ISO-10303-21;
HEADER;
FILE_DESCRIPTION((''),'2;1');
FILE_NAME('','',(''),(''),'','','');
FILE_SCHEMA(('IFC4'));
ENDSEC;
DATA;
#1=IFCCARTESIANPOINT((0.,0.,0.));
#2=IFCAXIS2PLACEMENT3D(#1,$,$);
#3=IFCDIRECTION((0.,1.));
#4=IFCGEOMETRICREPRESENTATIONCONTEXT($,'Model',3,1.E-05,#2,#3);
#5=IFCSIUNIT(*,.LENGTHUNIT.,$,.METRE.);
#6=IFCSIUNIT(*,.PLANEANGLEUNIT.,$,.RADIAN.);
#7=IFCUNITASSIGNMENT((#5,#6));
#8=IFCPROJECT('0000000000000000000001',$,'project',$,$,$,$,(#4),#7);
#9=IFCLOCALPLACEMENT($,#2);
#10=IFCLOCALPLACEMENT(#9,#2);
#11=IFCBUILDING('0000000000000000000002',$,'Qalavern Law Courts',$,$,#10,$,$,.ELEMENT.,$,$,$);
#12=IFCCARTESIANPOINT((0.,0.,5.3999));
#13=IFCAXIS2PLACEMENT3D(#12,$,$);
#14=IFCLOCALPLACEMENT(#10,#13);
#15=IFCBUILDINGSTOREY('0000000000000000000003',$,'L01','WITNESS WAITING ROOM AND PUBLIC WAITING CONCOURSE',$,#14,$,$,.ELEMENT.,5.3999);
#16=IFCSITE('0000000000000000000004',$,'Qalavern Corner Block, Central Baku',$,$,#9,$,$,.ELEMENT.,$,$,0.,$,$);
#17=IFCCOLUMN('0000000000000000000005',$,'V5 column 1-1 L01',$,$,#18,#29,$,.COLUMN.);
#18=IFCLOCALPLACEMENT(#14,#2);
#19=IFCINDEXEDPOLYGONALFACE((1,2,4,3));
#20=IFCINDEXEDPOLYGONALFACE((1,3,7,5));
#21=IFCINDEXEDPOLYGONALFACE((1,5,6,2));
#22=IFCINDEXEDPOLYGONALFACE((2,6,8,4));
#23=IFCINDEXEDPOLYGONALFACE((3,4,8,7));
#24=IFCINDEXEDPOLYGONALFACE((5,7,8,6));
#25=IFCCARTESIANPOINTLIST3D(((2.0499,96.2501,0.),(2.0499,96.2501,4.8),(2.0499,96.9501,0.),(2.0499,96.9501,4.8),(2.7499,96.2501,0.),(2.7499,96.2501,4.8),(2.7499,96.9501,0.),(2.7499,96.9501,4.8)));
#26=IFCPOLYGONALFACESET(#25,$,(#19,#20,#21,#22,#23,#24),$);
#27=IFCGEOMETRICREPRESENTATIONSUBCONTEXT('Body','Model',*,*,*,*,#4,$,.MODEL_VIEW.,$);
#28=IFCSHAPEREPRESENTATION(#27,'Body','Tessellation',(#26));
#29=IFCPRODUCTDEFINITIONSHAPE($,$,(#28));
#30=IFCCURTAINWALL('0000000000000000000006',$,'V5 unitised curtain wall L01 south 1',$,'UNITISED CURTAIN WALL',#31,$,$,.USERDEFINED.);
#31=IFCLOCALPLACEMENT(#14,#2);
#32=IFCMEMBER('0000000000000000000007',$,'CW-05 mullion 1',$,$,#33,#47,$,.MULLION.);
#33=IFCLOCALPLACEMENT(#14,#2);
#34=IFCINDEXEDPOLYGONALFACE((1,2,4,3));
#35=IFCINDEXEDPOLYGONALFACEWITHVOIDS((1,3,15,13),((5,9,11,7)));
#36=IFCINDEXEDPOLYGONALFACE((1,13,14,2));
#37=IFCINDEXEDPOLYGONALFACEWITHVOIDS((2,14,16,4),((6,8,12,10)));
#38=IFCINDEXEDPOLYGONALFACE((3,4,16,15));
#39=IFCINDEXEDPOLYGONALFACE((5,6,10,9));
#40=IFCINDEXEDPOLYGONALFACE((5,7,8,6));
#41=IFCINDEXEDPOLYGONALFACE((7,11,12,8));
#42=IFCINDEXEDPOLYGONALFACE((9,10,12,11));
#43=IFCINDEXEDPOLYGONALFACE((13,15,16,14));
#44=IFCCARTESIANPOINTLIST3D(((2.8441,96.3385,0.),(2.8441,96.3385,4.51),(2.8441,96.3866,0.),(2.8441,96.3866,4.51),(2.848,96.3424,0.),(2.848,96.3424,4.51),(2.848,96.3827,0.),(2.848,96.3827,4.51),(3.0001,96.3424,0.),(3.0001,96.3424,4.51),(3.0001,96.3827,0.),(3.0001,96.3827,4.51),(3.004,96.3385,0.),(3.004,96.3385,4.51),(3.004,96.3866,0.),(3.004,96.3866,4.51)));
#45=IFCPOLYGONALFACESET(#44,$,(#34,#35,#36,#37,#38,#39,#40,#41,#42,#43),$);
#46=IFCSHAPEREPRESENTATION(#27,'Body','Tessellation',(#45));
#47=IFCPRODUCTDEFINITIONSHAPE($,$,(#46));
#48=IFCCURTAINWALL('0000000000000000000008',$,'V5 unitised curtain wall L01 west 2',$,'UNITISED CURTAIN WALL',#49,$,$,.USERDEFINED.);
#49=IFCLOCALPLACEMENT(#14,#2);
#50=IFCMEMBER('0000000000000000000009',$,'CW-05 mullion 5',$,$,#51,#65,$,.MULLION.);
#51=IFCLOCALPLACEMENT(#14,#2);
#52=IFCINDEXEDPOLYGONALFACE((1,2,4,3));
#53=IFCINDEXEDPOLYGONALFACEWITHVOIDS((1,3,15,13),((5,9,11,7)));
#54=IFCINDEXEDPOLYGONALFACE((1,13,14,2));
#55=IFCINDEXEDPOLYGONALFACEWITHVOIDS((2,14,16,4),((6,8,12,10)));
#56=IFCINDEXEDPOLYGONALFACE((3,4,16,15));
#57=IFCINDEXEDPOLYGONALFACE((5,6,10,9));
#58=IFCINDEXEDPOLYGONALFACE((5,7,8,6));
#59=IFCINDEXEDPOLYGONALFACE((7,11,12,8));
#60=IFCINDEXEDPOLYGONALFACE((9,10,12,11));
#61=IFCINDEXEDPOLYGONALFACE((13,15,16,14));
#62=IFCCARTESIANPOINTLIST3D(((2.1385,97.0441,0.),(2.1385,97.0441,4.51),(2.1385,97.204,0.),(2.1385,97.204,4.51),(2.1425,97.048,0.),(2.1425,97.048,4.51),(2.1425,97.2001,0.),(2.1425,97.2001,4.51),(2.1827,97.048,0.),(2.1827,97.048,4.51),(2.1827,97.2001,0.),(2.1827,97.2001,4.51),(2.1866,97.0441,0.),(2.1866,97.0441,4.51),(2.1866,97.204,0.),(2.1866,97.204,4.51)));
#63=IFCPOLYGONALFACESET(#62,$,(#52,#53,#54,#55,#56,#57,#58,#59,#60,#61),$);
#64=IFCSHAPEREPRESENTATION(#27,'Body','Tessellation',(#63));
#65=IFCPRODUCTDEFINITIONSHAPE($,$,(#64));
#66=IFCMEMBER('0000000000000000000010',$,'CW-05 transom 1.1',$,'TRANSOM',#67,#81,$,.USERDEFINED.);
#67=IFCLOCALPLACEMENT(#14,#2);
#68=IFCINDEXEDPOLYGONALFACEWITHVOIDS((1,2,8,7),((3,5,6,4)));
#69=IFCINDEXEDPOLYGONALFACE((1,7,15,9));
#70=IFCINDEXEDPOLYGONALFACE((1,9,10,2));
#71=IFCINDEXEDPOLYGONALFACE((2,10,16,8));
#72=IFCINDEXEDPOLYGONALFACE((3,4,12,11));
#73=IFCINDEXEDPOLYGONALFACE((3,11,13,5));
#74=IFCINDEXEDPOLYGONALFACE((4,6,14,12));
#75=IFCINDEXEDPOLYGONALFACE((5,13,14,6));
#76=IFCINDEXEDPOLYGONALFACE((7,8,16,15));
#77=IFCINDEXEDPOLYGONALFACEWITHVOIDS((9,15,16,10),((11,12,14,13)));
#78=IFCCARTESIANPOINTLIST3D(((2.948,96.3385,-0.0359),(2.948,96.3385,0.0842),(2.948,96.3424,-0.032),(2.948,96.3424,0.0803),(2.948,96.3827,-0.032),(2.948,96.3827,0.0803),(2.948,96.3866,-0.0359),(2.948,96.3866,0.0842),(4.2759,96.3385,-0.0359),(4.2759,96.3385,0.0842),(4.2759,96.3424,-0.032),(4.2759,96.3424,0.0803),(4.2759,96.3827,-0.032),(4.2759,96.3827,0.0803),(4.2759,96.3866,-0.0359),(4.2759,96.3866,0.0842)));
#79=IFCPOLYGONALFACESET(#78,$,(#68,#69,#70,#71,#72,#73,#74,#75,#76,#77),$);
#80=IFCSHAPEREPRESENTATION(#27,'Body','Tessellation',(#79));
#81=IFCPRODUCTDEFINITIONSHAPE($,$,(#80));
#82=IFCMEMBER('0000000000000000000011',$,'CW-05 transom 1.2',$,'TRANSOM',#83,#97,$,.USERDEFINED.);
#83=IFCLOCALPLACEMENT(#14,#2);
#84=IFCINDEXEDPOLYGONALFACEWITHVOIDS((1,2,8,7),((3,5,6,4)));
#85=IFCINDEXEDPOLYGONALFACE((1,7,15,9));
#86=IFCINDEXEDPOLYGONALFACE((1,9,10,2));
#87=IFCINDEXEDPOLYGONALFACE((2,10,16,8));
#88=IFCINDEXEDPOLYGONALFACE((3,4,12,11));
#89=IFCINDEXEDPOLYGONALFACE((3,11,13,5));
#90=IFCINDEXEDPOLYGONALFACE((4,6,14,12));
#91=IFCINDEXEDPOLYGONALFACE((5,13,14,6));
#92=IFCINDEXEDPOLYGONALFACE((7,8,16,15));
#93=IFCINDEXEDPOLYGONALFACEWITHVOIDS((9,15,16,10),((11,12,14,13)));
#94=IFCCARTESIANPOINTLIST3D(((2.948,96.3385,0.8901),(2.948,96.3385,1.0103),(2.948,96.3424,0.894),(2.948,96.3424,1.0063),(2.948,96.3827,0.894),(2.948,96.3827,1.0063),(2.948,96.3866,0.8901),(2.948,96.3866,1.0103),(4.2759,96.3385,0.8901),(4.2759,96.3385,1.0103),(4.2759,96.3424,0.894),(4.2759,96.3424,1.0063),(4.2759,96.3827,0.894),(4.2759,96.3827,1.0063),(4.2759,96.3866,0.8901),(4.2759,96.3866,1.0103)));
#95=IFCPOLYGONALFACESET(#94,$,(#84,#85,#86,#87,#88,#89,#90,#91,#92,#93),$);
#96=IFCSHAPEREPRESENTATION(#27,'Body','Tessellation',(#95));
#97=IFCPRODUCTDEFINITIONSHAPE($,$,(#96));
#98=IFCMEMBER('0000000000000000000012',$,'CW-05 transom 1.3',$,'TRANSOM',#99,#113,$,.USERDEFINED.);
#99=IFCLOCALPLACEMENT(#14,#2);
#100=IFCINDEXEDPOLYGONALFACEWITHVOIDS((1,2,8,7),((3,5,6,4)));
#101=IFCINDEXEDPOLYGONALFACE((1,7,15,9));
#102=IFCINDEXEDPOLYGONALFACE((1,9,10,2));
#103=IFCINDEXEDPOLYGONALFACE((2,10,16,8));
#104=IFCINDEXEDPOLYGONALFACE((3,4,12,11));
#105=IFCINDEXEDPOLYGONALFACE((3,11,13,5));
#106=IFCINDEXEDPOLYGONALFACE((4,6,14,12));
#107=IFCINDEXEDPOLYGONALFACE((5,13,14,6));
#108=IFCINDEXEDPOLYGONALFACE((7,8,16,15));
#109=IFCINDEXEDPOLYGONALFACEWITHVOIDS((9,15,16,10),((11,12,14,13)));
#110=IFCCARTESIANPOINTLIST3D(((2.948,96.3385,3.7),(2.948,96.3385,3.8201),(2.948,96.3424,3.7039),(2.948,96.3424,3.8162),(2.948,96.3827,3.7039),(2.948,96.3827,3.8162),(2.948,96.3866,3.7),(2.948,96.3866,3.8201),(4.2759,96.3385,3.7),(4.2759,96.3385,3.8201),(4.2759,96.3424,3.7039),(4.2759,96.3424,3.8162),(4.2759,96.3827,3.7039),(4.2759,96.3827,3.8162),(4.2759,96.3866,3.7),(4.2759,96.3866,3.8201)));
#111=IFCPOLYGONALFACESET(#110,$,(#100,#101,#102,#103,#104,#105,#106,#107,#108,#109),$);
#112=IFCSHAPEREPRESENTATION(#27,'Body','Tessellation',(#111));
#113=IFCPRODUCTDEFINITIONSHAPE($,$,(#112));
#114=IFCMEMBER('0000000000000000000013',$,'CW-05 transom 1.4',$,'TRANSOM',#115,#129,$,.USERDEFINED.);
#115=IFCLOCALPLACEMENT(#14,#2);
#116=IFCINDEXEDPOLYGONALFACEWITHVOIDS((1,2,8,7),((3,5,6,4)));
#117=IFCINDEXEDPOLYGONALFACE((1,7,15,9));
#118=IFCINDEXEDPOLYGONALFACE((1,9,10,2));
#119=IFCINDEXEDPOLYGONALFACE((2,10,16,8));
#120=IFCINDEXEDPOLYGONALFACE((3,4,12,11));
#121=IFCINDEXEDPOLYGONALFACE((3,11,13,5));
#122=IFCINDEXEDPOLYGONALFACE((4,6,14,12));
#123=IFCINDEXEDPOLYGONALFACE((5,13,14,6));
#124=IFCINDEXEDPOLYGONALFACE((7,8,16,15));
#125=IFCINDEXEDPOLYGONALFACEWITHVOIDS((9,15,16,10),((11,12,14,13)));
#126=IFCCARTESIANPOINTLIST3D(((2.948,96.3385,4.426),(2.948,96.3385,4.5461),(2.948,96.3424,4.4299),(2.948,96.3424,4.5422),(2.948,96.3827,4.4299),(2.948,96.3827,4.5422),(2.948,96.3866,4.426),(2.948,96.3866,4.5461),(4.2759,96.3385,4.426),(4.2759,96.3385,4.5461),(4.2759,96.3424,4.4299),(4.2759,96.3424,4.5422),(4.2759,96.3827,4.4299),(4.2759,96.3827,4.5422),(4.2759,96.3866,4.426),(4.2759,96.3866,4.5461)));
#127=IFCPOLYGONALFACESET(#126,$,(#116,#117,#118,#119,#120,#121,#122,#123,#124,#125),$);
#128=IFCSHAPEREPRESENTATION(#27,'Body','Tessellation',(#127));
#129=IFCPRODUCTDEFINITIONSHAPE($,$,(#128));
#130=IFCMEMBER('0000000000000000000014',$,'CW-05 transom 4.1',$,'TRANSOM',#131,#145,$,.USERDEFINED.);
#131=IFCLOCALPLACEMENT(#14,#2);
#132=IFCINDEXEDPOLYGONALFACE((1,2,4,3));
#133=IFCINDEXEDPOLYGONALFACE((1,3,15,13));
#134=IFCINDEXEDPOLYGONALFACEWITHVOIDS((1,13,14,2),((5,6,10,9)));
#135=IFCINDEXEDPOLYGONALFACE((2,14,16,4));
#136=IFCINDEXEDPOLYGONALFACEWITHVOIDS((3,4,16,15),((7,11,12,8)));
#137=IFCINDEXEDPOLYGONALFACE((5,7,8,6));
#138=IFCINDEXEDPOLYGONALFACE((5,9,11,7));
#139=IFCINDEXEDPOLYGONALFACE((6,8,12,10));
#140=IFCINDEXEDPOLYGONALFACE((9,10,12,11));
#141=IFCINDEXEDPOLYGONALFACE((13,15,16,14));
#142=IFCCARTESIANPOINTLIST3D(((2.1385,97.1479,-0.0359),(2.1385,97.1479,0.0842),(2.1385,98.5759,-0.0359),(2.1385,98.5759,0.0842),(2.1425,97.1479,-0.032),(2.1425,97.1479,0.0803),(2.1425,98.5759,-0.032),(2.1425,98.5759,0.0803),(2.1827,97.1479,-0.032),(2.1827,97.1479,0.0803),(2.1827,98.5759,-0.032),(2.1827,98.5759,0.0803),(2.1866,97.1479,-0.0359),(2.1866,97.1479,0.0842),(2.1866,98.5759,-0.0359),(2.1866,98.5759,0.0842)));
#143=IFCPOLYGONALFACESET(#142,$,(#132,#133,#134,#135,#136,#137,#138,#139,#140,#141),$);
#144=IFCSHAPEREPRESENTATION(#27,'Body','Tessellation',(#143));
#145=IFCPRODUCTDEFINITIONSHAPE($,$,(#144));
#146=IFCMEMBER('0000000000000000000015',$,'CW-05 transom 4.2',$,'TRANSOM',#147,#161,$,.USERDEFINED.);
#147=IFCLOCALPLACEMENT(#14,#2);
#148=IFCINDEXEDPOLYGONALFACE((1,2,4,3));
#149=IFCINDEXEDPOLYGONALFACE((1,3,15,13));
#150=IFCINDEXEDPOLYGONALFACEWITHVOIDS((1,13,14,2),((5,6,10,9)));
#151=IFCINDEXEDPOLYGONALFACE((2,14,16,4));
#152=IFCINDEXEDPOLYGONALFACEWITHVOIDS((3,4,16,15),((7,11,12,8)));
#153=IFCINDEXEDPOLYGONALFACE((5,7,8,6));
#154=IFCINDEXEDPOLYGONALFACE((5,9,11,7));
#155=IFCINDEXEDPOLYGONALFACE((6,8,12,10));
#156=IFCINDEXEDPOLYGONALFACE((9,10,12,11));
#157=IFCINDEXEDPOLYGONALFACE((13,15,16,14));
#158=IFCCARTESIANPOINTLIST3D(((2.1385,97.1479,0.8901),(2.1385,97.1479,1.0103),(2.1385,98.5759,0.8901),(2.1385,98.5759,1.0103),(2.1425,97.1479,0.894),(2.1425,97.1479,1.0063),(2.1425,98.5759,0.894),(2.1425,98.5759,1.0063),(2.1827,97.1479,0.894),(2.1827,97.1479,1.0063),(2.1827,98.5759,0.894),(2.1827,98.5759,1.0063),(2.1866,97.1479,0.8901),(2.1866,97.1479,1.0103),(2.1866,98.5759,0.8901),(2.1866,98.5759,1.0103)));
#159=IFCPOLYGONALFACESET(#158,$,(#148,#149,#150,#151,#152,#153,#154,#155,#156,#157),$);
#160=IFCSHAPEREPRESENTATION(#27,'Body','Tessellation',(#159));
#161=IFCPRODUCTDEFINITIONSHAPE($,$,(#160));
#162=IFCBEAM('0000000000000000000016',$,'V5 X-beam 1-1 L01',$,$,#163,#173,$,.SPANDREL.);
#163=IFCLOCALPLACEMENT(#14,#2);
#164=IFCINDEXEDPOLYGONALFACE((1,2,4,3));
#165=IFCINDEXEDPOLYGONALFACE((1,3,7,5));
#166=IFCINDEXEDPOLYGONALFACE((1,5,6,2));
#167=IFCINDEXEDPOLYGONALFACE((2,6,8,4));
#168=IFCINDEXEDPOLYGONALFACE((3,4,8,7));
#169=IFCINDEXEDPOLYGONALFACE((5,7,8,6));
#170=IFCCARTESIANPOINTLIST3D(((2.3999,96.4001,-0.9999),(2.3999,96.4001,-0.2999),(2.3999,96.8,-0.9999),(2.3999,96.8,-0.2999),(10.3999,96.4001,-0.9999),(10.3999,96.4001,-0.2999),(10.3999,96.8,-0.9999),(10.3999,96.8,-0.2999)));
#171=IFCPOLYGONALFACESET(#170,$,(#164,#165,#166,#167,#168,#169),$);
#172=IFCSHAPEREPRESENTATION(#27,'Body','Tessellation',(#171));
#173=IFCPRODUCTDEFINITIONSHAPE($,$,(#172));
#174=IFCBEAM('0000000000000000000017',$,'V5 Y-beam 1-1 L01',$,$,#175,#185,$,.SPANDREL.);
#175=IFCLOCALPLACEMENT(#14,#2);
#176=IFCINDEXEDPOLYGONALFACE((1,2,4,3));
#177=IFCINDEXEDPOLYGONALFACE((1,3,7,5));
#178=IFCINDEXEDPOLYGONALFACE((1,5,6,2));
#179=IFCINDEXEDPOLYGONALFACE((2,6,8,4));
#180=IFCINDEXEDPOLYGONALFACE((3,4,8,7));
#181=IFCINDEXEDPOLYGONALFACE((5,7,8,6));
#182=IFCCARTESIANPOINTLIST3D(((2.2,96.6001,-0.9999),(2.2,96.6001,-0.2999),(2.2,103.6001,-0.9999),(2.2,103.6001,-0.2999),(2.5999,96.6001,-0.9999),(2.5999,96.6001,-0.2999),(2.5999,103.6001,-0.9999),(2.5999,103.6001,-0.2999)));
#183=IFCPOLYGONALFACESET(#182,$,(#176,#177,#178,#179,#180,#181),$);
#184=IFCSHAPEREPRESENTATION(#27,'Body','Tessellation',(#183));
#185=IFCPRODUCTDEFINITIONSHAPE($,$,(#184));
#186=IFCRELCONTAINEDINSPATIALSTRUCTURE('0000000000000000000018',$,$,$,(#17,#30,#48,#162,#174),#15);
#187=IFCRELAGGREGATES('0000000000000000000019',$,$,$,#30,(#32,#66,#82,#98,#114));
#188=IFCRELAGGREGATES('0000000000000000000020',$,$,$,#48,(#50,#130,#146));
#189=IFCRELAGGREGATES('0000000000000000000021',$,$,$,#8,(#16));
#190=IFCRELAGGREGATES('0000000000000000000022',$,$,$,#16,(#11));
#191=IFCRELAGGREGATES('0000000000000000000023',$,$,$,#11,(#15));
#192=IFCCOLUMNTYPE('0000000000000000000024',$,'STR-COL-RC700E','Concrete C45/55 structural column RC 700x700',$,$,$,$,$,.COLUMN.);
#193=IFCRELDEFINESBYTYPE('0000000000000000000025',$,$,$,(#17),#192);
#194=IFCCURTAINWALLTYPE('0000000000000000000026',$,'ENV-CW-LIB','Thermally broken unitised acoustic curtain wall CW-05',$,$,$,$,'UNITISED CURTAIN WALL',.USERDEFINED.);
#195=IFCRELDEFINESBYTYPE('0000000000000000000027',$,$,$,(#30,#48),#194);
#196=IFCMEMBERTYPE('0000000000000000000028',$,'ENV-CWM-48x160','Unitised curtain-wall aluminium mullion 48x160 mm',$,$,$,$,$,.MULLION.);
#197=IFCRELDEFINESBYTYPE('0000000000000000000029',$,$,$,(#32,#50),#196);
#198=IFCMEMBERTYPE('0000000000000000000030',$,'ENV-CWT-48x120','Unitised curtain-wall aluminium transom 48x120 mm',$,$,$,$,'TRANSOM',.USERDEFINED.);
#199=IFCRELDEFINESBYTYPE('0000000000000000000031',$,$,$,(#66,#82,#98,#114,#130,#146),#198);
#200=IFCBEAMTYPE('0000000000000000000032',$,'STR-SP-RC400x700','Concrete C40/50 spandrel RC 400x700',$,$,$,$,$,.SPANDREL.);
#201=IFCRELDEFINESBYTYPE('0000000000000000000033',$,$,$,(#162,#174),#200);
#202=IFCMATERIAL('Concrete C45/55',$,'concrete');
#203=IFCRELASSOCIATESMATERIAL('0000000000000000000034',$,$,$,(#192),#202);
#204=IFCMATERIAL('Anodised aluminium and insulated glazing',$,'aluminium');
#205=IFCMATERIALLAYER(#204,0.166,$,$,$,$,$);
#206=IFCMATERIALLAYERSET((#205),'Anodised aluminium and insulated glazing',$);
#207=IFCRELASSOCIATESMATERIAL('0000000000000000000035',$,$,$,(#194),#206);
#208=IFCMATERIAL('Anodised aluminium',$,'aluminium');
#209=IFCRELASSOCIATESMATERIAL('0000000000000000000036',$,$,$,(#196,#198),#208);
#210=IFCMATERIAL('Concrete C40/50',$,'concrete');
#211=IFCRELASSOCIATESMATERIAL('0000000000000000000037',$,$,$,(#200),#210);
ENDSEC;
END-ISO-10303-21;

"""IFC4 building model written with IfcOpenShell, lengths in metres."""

from ifc_helpers import new_model, si_unit, direction, frame, origin, origin_2d, place, context, subcontext, project, spatial, rectangle, hollow_rectangle, extrude, material, layer, layer_set, material_profile, profile_set, type_object, element, aggregate, save


model = new_model("IFC4")

# Units and contexts
model_context = context("Model", 3, precision=1e-05, world=origin(), true_north=direction((0.0, 1.0)))
body_context = subcontext(model_context, "Body", "Model", "MODEL_VIEW")
ifc_project = project(units=[si_unit("LENGTHUNIT", "METRE"), si_unit("PLANEANGLEUNIT", "RADIAN")], contexts=[model_context])

# Site, building, storey
site_placement = place(None, origin())
site = spatial("IfcSite", under=ifc_project, at=site_placement, Name="Qalavern Corner Block, Central Baku", CompositionType="ELEMENT", RefElevation=0.0)
building_placement = place(site_placement, origin())
building = spatial("IfcBuilding", under=site, at=building_placement, Name="Qalavern Law Courts", CompositionType="ELEMENT")
storey_placement = place(building_placement, frame((0.0, 0.0, 5.3999)))
storey = spatial("IfcBuildingStorey", under=building, at=storey_placement, Name="L01", Description="WITNESS WAITING ROOM AND PUBLIC WAITING CONCOURSE", CompositionType="ELEMENT", Elevation=5.3999)

# Column
ifc_material_1 = material(Name="Concrete C45/55", Category="concrete")
ifc_material_profile_1 = material_profile(ifc_material_1, rectangle(XDim=0.7, YDim=0.7, at=origin_2d()), Name="RC 700x700")
ifc_profile_set_1 = profile_set([ifc_material_profile_1], Name="Concrete C45/55")
column_type = type_object("IfcColumnType", Name="STR-COL-RC700E", Description="Concrete C45/55 structural column RC 700x700", PredefinedType="COLUMN", material=ifc_profile_set_1)
column_placement = place(storey_placement, frame((2.3999, 96.6001, 0.0), z_axis=(0.0, 0.0, 1.0), x_axis=(1.0, 0.0, 0.0)))
element("IfcColumn", 1, at=column_placement, inside=storey, type_object=column_type, Name="V5 column 1-1 L01", PredefinedType="COLUMN", context=body_context, shape_type="SweptSolid", body=[
    extrude(rectangle(XDim=0.7, YDim=0.7, at=origin_2d()), origin(), (0.0, 0.0, 1.0), 4.8),
])

# Curtain walls, members
ifc_material_2 = material(Name="Anodised aluminium and insulated glazing", Category="aluminium")
ifc_layer_1 = layer(ifc_material_2, 0.166)
ifc_layer_set_1 = layer_set([ifc_layer_1], Name="Anodised aluminium and insulated glazing")
curtain_wall_type = type_object("IfcCurtainWallType", Name="ENV-CW-LIB", Description="Thermally broken unitised acoustic curtain wall CW-05", ElementType="UNITISED CURTAIN WALL", PredefinedType="USERDEFINED", material=ifc_layer_set_1)
curtain_wall_1_placement = place(storey_placement, origin())
curtain_wall_1 = element("IfcCurtainWall", 2, at=curtain_wall_1_placement, inside=storey, type_object=curtain_wall_type, Name="V5 unitised curtain wall L01 south 1", ObjectType="UNITISED CURTAIN WALL", PredefinedType="USERDEFINED")
ifc_material_3 = material(Name="Anodised aluminium", Category="aluminium")
ifc_material_profile_2 = material_profile(ifc_material_3, hollow_rectangle(XDim=0.0481, YDim=0.1599, WallThickness=0.0039, at=origin_2d()), Name="ALU MULLION 48x160")
ifc_profile_set_2 = profile_set([ifc_material_profile_2], Name="Anodised aluminium")
member_type_1 = type_object("IfcMemberType", Name="ENV-CWM-48x160", Description="Unitised curtain-wall aluminium mullion 48x160 mm", PredefinedType="MULLION", material=ifc_profile_set_2)
member_1_placement = place(storey_placement, frame((2.9241, 96.3625, 0.0), z_axis=(0.0, 0.0, 1.0), x_axis=(0.0, 1.0, 0.0)))
member_1 = element("IfcMember", 3, at=member_1_placement, type_object=member_type_1, Name="CW-05 mullion 1", PredefinedType="MULLION", context=body_context, shape_type="SweptSolid", body=[
    extrude(hollow_rectangle(XDim=0.0481, YDim=0.1599, WallThickness=0.0039, at=origin_2d()), origin(), (0.0, 0.0, 1.0), 4.51),
])
curtain_wall_2_placement = place(storey_placement, origin())
curtain_wall_2 = element("IfcCurtainWall", 4, at=curtain_wall_2_placement, inside=storey, type_object=curtain_wall_type, Name="V5 unitised curtain wall L01 west 2", ObjectType="UNITISED CURTAIN WALL", PredefinedType="USERDEFINED")
member_2_placement = place(storey_placement, frame((2.1626, 97.124, 0.0), z_axis=(0.0, 0.0, 1.0), x_axis=(1.0, 0.0, 0.0)))
member_2 = element("IfcMember", 5, at=member_2_placement, type_object=member_type_1, Name="CW-05 mullion 5", PredefinedType="MULLION", context=body_context, shape_type="SweptSolid", body=[
    extrude(hollow_rectangle(XDim=0.0481, YDim=0.1599, WallThickness=0.0039, at=origin_2d()), origin(), (0.0, 0.0, 1.0), 4.51),
])

# Members
ifc_material_profile_3 = material_profile(ifc_material_3, hollow_rectangle(XDim=0.0481, YDim=0.1201, WallThickness=0.0039, at=origin_2d()), Name="ALU TRANSOM 48x120")
ifc_profile_set_3 = profile_set([ifc_material_profile_3], Name="Anodised aluminium")
member_type_2 = type_object("IfcMemberType", Name="ENV-CWT-48x120", Description="Unitised curtain-wall aluminium transom 48x120 mm", ElementType="TRANSOM", PredefinedType="USERDEFINED", material=ifc_profile_set_3)
member_3_placement = place(storey_placement, frame((2.948, 96.3625, 0.0242), z_axis=(1.0, 0.0, 0.0), x_axis=(0.0, 1.0, 0.0)))
member_3 = element("IfcMember", 6, at=member_3_placement, type_object=member_type_2, Name="CW-05 transom 1.1", ObjectType="TRANSOM", PredefinedType="USERDEFINED", context=body_context, shape_type="SweptSolid", body=[
    extrude(hollow_rectangle(XDim=0.0481, YDim=0.1201, WallThickness=0.0039, at=origin_2d()), origin(), (0.0, 0.0, 1.0), 1.3279),
])
member_4_placement = place(storey_placement, frame((2.948, 96.3625, 0.9502), z_axis=(1.0, 0.0, 0.0), x_axis=(0.0, 1.0, 0.0)))
member_4 = element("IfcMember", 7, at=member_4_placement, type_object=member_type_2, Name="CW-05 transom 1.2", ObjectType="TRANSOM", PredefinedType="USERDEFINED", context=body_context, shape_type="SweptSolid", body=[
    extrude(hollow_rectangle(XDim=0.0481, YDim=0.1201, WallThickness=0.0039, at=origin_2d()), origin(), (0.0, 0.0, 1.0), 1.3279),
])
member_5_placement = place(storey_placement, frame((2.948, 96.3625, 3.76), z_axis=(1.0, 0.0, 0.0), x_axis=(0.0, 1.0, 0.0)))
member_5 = element("IfcMember", 8, at=member_5_placement, type_object=member_type_2, Name="CW-05 transom 1.3", ObjectType="TRANSOM", PredefinedType="USERDEFINED", context=body_context, shape_type="SweptSolid", body=[
    extrude(hollow_rectangle(XDim=0.0481, YDim=0.1201, WallThickness=0.0039, at=origin_2d()), origin(), (0.0, 0.0, 1.0), 1.3279),
])
member_6_placement = place(storey_placement, frame((2.948, 96.3625, 4.4861), z_axis=(1.0, 0.0, 0.0), x_axis=(0.0, 1.0, 0.0)))
member_6 = element("IfcMember", 9, at=member_6_placement, type_object=member_type_2, Name="CW-05 transom 1.4", ObjectType="TRANSOM", PredefinedType="USERDEFINED", context=body_context, shape_type="SweptSolid", body=[
    extrude(hollow_rectangle(XDim=0.0481, YDim=0.1201, WallThickness=0.0039, at=origin_2d()), origin(), (0.0, 0.0, 1.0), 1.3279),
])
member_7_placement = place(storey_placement, frame((2.1626, 98.5759, 0.0242), z_axis=(0.0, -1.0, 0.0), x_axis=(1.0, 0.0, 0.0)))
member_7 = element("IfcMember", 10, at=member_7_placement, type_object=member_type_2, Name="CW-05 transom 4.1", ObjectType="TRANSOM", PredefinedType="USERDEFINED", context=body_context, shape_type="SweptSolid", body=[
    extrude(hollow_rectangle(XDim=0.0481, YDim=0.1201, WallThickness=0.0039, at=origin_2d()), origin(), (0.0, 0.0, 1.0), 1.428),
])
member_8_placement = place(storey_placement, frame((2.1626, 98.5759, 0.9502), z_axis=(0.0, -1.0, 0.0), x_axis=(1.0, 0.0, 0.0)))
member_8 = element("IfcMember", 11, at=member_8_placement, type_object=member_type_2, Name="CW-05 transom 4.2", ObjectType="TRANSOM", PredefinedType="USERDEFINED", context=body_context, shape_type="SweptSolid", body=[
    extrude(hollow_rectangle(XDim=0.0481, YDim=0.1201, WallThickness=0.0039, at=origin_2d()), origin(), (0.0, 0.0, 1.0), 1.428),
])

# Beams
ifc_material_4 = material(Name="Concrete C40/50", Category="concrete")
ifc_material_profile_4 = material_profile(ifc_material_4, rectangle(XDim=0.3999, YDim=0.7, at=origin_2d()), Name="RC 400x700")
ifc_profile_set_4 = profile_set([ifc_material_profile_4], Name="Concrete C40/50")
beam_type = type_object("IfcBeamType", Name="STR-SP-RC400x700", Description="Concrete C40/50 spandrel RC 400x700", PredefinedType="SPANDREL", material=ifc_profile_set_4)
beam_1_placement = place(storey_placement, frame((2.3999, 96.6001, -0.6499), z_axis=(1.0, 0.0, 0.0), x_axis=(0.0, 1.0, 0.0)))
element("IfcBeam", 12, at=beam_1_placement, inside=storey, type_object=beam_type, Name="V5 X-beam 1-1 L01", PredefinedType="SPANDREL", context=body_context, shape_type="SweptSolid", body=[
    extrude(rectangle(XDim=0.3999, YDim=0.7, at=origin_2d()), origin(), (0.0, 0.0, 1.0), 8.0),
])
beam_2_placement = place(storey_placement, frame((2.3999, 96.6001, -0.6499), z_axis=(0.0, 1.0, 0.0), x_axis=(-1.0, 0.0, 0.0)))
element("IfcBeam", 13, at=beam_2_placement, inside=storey, type_object=beam_type, Name="V5 Y-beam 1-1 L01", PredefinedType="SPANDREL", context=body_context, shape_type="SweptSolid", body=[
    extrude(rectangle(XDim=0.3999, YDim=0.7, at=origin_2d()), origin(), (0.0, 0.0, 1.0), 7.0),
])

aggregate(curtain_wall_1, [member_1, member_3, member_4, member_5, member_6])
aggregate(curtain_wall_2, [member_2, member_7, member_8])

save(model, "model.ifc")
